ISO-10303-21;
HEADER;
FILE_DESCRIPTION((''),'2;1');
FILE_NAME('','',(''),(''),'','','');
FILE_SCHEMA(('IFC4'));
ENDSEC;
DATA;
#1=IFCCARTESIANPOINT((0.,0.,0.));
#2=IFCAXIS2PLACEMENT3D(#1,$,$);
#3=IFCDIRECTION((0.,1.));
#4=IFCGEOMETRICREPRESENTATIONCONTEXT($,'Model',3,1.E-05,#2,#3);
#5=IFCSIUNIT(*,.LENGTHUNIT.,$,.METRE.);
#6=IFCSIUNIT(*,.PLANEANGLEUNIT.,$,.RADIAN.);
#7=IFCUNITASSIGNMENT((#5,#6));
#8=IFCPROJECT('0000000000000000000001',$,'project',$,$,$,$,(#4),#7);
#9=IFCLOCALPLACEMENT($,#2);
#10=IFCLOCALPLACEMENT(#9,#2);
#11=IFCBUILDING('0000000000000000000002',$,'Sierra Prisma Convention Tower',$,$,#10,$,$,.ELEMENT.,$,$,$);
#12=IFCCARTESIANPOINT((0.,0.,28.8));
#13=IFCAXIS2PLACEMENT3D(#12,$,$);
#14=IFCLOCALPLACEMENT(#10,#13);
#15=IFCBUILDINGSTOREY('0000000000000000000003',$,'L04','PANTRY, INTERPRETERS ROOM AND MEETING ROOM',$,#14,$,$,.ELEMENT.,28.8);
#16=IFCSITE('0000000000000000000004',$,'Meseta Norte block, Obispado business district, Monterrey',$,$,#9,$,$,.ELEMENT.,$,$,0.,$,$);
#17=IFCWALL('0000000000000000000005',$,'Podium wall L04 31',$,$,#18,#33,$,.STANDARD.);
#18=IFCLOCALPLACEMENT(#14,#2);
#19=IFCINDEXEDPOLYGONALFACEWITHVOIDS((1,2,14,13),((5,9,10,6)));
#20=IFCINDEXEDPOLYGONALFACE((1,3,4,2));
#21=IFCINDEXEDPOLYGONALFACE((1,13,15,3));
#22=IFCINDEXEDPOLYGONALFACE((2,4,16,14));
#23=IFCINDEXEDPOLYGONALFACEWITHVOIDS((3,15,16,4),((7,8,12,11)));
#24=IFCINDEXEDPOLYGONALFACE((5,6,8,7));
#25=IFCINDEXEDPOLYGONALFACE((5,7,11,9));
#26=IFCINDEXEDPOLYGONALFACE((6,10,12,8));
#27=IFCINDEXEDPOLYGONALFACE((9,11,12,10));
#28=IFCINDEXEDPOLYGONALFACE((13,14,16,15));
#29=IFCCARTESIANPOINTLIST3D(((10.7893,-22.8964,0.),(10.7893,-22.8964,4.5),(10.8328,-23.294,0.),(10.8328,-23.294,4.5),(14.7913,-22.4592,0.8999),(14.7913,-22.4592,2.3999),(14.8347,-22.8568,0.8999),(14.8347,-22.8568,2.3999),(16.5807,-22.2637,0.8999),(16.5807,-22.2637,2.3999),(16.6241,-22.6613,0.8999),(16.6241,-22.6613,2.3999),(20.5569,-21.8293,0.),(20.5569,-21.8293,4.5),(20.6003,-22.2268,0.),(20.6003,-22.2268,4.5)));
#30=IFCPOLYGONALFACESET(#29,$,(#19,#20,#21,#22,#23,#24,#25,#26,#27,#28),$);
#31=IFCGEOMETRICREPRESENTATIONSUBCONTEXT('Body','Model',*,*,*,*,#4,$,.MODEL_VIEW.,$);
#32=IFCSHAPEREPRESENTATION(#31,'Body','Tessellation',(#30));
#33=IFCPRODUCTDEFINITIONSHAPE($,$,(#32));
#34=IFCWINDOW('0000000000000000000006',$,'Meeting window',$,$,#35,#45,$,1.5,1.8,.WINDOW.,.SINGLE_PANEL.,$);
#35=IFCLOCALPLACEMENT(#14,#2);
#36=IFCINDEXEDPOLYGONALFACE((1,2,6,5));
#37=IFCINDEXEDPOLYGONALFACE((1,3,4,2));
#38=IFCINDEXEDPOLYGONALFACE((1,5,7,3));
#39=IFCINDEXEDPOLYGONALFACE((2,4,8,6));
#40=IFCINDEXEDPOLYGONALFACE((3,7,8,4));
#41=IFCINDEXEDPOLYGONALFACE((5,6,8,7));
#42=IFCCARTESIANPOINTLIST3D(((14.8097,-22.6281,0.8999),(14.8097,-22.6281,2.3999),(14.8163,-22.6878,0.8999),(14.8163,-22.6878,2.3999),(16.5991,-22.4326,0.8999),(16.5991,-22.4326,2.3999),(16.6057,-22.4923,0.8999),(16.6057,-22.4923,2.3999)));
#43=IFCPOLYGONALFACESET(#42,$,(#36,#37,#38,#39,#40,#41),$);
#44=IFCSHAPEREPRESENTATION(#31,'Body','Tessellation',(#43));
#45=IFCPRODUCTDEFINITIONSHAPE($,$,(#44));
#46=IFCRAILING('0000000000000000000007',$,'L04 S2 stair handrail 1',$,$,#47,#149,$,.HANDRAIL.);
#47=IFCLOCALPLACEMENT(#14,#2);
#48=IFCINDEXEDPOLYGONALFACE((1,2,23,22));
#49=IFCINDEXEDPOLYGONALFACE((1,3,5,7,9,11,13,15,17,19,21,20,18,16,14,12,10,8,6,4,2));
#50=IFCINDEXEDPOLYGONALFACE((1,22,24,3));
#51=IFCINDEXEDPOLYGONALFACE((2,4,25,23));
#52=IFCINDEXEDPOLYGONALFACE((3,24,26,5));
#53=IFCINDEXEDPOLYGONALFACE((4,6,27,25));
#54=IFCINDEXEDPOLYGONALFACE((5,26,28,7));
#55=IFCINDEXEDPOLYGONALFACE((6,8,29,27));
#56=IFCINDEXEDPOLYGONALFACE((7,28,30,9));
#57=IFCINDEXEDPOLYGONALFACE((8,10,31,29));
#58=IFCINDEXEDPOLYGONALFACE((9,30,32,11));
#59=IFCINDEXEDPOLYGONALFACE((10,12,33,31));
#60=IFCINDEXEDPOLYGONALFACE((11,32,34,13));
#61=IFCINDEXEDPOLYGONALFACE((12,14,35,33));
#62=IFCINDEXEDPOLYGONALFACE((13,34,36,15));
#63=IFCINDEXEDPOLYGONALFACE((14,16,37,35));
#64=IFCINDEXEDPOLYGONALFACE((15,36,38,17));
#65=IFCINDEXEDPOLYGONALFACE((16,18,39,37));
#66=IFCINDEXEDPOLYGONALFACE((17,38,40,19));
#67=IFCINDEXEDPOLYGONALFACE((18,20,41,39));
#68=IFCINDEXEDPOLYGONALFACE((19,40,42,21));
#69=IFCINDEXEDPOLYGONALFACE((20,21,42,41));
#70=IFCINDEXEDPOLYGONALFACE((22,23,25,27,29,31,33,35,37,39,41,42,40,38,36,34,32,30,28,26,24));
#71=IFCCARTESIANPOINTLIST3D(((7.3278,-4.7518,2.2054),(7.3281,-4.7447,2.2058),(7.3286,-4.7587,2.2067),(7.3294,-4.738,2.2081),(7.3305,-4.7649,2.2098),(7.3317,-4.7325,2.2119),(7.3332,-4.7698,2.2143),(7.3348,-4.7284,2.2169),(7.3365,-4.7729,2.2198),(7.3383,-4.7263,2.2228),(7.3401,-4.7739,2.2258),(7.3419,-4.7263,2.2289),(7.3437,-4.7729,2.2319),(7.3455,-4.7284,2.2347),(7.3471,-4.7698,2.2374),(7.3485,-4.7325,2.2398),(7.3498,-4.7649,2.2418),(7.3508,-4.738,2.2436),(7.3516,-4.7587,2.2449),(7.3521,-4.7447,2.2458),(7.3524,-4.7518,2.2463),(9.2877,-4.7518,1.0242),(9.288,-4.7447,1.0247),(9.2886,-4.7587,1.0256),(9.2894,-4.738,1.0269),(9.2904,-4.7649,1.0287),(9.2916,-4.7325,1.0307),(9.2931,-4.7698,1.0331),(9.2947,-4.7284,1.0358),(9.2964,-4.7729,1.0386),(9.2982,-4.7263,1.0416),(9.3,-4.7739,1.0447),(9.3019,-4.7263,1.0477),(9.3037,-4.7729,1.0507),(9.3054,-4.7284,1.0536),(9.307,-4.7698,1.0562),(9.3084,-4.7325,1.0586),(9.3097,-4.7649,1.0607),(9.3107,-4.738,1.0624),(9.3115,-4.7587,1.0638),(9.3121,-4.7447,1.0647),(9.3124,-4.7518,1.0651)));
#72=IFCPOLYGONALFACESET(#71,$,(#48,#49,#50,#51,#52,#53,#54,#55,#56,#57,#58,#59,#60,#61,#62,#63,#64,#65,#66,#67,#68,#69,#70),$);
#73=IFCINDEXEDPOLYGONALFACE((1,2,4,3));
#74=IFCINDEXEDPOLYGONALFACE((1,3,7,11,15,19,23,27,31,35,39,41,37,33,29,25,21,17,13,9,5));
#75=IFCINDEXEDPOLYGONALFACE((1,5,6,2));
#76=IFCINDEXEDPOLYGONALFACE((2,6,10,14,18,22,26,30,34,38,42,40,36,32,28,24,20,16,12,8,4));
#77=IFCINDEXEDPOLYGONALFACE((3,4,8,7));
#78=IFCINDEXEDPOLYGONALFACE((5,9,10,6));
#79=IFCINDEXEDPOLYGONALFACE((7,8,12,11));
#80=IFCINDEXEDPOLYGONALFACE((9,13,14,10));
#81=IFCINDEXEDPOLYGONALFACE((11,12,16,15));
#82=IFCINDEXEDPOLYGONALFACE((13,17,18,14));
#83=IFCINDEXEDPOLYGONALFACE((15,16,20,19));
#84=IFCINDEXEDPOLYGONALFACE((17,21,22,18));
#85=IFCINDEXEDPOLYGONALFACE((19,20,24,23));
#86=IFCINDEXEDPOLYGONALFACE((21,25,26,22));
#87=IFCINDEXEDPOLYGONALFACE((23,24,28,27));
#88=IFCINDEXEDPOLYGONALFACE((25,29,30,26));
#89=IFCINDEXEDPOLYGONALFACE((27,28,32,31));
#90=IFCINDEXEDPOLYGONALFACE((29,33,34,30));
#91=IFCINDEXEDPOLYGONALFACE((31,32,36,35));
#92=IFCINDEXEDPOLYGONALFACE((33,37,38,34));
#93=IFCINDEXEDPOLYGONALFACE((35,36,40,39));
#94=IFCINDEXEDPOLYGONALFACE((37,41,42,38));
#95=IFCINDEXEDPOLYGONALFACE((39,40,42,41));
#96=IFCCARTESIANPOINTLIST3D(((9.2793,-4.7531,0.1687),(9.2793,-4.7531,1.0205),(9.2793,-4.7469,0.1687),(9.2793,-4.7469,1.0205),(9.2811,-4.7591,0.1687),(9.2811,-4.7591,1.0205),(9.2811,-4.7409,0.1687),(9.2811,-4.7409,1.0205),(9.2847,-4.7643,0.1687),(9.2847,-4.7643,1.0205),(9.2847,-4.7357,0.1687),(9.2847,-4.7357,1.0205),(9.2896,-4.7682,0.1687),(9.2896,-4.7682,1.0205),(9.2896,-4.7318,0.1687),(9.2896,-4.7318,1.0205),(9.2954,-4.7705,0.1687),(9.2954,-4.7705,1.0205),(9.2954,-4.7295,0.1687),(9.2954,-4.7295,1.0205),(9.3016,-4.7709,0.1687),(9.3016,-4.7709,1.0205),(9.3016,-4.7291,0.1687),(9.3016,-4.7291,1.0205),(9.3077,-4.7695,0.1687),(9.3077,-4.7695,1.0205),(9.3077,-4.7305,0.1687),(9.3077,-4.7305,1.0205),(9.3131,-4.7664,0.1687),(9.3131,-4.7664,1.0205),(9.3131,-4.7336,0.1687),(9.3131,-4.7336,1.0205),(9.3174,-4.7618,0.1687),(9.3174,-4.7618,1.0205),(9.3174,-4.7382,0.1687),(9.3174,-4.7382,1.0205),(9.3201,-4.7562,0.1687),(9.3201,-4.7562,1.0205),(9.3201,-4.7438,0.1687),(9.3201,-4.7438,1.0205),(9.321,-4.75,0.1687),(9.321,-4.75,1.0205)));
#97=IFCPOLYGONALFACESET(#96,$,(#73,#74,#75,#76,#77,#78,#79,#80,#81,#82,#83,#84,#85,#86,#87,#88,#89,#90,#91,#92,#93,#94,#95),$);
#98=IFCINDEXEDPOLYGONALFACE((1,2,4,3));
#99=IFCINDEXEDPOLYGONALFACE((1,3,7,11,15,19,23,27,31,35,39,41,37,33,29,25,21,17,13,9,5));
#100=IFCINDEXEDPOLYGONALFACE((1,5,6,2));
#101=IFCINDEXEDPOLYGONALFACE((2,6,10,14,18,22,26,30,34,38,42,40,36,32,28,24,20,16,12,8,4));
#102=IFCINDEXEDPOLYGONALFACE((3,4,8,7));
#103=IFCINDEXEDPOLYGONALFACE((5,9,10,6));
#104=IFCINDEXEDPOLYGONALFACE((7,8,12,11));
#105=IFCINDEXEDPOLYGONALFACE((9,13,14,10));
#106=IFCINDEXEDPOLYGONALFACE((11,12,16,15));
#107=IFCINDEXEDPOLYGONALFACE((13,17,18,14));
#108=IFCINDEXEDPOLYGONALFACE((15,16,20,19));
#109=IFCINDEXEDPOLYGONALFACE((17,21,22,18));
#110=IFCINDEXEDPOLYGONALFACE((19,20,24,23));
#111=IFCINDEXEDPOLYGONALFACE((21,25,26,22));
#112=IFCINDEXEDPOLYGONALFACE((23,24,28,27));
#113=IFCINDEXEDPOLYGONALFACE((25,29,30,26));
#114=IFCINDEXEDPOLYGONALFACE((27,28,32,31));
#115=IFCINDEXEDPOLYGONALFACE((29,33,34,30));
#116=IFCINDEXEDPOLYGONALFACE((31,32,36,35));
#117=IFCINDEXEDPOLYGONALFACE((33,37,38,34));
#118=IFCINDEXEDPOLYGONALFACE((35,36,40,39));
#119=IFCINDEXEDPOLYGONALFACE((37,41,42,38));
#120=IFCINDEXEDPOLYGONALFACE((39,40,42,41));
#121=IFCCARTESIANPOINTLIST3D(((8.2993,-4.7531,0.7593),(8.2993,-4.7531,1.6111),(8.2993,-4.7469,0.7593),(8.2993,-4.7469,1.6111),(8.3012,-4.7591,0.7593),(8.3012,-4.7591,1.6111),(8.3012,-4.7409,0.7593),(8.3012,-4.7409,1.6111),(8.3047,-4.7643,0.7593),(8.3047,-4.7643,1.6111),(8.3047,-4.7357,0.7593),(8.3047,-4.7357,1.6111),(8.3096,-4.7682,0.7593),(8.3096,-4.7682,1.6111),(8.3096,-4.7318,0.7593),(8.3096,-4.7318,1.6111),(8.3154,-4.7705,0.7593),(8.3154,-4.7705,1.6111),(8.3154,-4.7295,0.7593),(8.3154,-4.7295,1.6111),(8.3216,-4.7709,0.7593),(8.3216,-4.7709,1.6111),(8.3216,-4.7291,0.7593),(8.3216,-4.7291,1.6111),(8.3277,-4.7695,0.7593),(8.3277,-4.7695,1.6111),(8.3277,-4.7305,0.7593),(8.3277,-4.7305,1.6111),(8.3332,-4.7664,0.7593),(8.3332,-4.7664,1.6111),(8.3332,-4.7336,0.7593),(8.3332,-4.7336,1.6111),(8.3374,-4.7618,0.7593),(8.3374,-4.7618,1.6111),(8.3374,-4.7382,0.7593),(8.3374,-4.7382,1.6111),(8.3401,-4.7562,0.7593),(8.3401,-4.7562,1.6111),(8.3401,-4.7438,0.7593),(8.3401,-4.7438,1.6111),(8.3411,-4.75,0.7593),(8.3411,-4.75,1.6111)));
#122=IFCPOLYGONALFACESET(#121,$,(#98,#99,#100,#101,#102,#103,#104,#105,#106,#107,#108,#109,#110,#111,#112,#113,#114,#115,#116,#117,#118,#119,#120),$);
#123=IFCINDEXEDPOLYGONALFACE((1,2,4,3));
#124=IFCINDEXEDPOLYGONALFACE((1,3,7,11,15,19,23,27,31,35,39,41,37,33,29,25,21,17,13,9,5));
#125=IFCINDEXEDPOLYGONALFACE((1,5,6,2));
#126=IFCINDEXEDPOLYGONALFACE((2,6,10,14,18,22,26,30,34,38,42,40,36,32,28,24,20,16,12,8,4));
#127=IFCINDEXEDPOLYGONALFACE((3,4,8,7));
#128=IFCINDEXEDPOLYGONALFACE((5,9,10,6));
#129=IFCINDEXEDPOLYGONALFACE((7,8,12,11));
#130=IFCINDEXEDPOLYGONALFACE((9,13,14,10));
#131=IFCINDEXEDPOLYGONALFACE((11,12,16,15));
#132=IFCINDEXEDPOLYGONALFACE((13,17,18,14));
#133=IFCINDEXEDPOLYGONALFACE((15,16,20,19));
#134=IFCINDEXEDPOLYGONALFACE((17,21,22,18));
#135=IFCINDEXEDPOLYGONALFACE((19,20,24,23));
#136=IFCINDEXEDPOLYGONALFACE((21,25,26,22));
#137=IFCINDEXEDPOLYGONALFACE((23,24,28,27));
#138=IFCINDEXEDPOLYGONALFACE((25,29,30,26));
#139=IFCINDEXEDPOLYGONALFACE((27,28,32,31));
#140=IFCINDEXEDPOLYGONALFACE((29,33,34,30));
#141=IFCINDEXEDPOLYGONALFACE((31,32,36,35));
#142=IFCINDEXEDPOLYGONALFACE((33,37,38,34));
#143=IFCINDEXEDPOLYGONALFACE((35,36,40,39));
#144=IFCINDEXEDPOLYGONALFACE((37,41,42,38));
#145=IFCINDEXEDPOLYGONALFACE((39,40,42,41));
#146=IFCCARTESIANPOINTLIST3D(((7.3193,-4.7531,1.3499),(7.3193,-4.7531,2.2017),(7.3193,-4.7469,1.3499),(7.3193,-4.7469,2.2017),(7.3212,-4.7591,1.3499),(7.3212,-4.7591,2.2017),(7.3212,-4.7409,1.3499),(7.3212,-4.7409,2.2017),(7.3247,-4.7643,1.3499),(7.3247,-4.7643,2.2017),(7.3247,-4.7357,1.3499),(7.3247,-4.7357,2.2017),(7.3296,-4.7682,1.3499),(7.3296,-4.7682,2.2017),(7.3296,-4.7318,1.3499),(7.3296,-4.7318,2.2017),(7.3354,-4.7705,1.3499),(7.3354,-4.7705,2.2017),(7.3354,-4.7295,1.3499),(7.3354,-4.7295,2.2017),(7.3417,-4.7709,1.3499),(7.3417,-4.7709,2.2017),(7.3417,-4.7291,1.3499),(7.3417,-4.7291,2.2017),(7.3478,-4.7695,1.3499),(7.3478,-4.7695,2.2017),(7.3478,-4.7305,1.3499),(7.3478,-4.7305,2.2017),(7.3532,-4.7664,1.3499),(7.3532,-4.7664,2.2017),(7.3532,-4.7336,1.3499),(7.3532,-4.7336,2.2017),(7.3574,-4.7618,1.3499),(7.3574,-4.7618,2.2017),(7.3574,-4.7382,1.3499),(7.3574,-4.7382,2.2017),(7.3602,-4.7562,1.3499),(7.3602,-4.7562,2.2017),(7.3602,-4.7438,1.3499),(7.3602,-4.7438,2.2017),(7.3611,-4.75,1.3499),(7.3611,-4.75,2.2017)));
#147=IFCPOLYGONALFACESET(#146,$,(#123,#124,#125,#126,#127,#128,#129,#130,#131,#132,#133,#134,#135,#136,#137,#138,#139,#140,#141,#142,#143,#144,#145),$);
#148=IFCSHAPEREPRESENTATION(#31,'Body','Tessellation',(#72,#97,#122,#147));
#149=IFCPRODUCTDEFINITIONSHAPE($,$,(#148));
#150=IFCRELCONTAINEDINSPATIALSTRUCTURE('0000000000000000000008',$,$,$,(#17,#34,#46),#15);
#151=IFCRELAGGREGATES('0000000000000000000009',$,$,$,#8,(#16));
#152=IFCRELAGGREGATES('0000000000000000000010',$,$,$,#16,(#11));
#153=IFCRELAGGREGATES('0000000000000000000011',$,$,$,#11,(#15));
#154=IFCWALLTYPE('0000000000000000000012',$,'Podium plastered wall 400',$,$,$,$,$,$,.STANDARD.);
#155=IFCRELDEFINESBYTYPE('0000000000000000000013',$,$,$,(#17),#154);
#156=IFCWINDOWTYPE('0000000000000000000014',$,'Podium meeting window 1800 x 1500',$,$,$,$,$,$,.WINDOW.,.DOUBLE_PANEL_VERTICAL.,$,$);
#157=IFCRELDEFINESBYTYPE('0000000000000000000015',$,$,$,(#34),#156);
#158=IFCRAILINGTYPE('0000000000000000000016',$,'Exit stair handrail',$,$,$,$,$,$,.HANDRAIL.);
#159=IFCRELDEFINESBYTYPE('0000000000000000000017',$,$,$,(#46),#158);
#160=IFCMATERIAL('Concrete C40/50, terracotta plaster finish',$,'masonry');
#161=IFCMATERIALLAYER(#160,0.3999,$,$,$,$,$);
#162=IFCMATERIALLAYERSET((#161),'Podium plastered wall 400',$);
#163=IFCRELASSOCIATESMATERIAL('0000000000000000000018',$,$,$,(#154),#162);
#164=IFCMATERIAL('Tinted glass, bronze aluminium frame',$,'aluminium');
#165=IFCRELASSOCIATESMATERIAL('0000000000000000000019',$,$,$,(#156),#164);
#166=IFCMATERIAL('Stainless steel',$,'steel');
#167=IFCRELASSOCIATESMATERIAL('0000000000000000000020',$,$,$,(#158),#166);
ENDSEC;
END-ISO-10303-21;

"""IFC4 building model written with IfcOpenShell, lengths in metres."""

from ifc_helpers import new_model, si_unit, direction, frame, frame_2d, origin, origin_2d, place, context, subcontext, project, spatial, rectangle, circle, extrude, material, layer, layer_set, type_object, element, fill, save


model = new_model("IFC4")

# Units and contexts
model_context = context("Model", 3, precision=1e-05, world=origin(), true_north=direction((0.0, 1.0)))
body_context = subcontext(model_context, "Body", "Model", "MODEL_VIEW")
ifc_project = project(units=[si_unit("LENGTHUNIT", "METRE"), si_unit("PLANEANGLEUNIT", "RADIAN")], contexts=[model_context])

# Site, building, storey
site_placement = place(None, origin())
site = spatial("IfcSite", under=ifc_project, at=site_placement, Name="Meseta Norte block, Obispado business district, Monterrey", CompositionType="ELEMENT", RefElevation=0.0)
building_placement = place(site_placement, origin())
building = spatial("IfcBuilding", under=site, at=building_placement, Name="Sierra Prisma Convention Tower", CompositionType="ELEMENT")
storey_placement = place(building_placement, frame((0.0, 0.0, 28.8)))
storey = spatial("IfcBuildingStorey", under=building, at=storey_placement, Name="L04", Description="PANTRY, INTERPRETERS ROOM AND MEETING ROOM", CompositionType="ELEMENT", Elevation=28.8)

# Wall, opening, window
ifc_material_1 = material(Name="Concrete C40/50, terracotta plaster finish", Category="masonry")
ifc_layer_1 = layer(ifc_material_1, 0.3999)
ifc_layer_set_1 = layer_set([ifc_layer_1], Name="Podium plastered wall 400")
wall_type_1 = type_object("IfcWallType", Name="Podium plastered wall 400", PredefinedType="STANDARD", material=ifc_layer_set_1)
ifc_material_2 = material(Name="Tinted glass, bronze aluminium frame", Category="aluminium")
window_type = type_object("IfcWindowType", Name="Podium meeting window 1800 x 1500", PartitioningType="DOUBLE_PANEL_VERTICAL", PredefinedType="WINDOW", material=ifc_material_2)
wall_1_placement = place(storey_placement, frame((20.5786, -22.0281, 0.0), z_axis=(0.0, 0.0, 1.0), x_axis=(-0.994085, -0.108607, 0.0)))
wall_1 = element("IfcWall", 1, at=wall_1_placement, inside=storey, type_object=wall_type_1, Name="Podium wall L04 31", PredefinedType="STANDARD", context=body_context, shape_type="SweptSolid", body=[
    extrude(rectangle(XDim=9.8257, YDim=0.3999, at=frame_2d((4.9128, 0.0))), origin(), (0.0, 0.0, 1.0), 4.5),
])
opening_1_placement = place(wall_1_placement, frame((4.0, 0.0, 0.8999)))
opening_1 = element("IfcOpeningElement", 2, at=opening_1_placement, cuts=wall_1, PredefinedType="OPENING", context=body_context, shape_type="SweptSolid", body=[
    extrude(rectangle(XDim=1.8, YDim=1.5, at=frame_2d((0.8999, 0.75))), frame((0.0, 0.2, 0.0), z_axis=(0.0, -1.0, 0.0), x_axis=(1.0, 0.0, 0.0)), (0.0, 0.0, 1.0), 0.3999),
])
window_1_placement = place(opening_1_placement, origin())
window_1 = element("IfcWindow", 3, at=window_1_placement, inside=storey, type_object=window_type, Name="Meeting window", OverallHeight=1.5, OverallWidth=1.8, PartitioningType="SINGLE_PANEL", PredefinedType="WINDOW", context=body_context, shape_type="SweptSolid", body=[
    extrude(rectangle(XDim=1.8, YDim=1.5, at=frame_2d((0.8999, 0.75))), frame((0.0, 0.03, 0.0), z_axis=(0.0, -1.0, 0.0), x_axis=(1.0, 0.0, 0.0)), (0.0, 0.0, 1.0), 0.0601),
])
fill(opening_1, window_1)

# Railing
ifc_material_3 = material(Name="Stainless steel", Category="steel")
railing_type_1 = type_object("IfcRailingType", Name="Exit stair handrail", PredefinedType="HANDRAIL", material=ifc_material_3)
railing_1_placement = place(storey_placement, frame((9.3, -4.75, 0.1687)))
element("IfcRailing", 4, at=railing_1_placement, inside=storey, type_object=railing_type_1, Name="L04 S2 stair handrail 1", PredefinedType="HANDRAIL", context=body_context, shape_type="SweptSolid", body=[
    extrude(circle(Radius=0.0239, at=origin_2d()), frame((0.0, 0.0, 0.876), z_axis=(-0.856493, 0.0, 0.516158), x_axis=(0.0, -1.0, 0.0)), (0.0, 0.0, 1.0), 2.2883),
    extrude(circle(Radius=0.021, at=origin_2d()), origin(), (0.0, 0.0, 1.0), 0.8518),
    extrude(circle(Radius=0.021, at=origin_2d()), frame((-0.98, 0.0, 0.5906)), (0.0, 0.0, 1.0), 0.8518),
    extrude(circle(Radius=0.021, at=origin_2d()), frame((-1.96, 0.0, 1.1812)), (0.0, 0.0, 1.0), 0.8518),
])

save(model, "model.ifc")
